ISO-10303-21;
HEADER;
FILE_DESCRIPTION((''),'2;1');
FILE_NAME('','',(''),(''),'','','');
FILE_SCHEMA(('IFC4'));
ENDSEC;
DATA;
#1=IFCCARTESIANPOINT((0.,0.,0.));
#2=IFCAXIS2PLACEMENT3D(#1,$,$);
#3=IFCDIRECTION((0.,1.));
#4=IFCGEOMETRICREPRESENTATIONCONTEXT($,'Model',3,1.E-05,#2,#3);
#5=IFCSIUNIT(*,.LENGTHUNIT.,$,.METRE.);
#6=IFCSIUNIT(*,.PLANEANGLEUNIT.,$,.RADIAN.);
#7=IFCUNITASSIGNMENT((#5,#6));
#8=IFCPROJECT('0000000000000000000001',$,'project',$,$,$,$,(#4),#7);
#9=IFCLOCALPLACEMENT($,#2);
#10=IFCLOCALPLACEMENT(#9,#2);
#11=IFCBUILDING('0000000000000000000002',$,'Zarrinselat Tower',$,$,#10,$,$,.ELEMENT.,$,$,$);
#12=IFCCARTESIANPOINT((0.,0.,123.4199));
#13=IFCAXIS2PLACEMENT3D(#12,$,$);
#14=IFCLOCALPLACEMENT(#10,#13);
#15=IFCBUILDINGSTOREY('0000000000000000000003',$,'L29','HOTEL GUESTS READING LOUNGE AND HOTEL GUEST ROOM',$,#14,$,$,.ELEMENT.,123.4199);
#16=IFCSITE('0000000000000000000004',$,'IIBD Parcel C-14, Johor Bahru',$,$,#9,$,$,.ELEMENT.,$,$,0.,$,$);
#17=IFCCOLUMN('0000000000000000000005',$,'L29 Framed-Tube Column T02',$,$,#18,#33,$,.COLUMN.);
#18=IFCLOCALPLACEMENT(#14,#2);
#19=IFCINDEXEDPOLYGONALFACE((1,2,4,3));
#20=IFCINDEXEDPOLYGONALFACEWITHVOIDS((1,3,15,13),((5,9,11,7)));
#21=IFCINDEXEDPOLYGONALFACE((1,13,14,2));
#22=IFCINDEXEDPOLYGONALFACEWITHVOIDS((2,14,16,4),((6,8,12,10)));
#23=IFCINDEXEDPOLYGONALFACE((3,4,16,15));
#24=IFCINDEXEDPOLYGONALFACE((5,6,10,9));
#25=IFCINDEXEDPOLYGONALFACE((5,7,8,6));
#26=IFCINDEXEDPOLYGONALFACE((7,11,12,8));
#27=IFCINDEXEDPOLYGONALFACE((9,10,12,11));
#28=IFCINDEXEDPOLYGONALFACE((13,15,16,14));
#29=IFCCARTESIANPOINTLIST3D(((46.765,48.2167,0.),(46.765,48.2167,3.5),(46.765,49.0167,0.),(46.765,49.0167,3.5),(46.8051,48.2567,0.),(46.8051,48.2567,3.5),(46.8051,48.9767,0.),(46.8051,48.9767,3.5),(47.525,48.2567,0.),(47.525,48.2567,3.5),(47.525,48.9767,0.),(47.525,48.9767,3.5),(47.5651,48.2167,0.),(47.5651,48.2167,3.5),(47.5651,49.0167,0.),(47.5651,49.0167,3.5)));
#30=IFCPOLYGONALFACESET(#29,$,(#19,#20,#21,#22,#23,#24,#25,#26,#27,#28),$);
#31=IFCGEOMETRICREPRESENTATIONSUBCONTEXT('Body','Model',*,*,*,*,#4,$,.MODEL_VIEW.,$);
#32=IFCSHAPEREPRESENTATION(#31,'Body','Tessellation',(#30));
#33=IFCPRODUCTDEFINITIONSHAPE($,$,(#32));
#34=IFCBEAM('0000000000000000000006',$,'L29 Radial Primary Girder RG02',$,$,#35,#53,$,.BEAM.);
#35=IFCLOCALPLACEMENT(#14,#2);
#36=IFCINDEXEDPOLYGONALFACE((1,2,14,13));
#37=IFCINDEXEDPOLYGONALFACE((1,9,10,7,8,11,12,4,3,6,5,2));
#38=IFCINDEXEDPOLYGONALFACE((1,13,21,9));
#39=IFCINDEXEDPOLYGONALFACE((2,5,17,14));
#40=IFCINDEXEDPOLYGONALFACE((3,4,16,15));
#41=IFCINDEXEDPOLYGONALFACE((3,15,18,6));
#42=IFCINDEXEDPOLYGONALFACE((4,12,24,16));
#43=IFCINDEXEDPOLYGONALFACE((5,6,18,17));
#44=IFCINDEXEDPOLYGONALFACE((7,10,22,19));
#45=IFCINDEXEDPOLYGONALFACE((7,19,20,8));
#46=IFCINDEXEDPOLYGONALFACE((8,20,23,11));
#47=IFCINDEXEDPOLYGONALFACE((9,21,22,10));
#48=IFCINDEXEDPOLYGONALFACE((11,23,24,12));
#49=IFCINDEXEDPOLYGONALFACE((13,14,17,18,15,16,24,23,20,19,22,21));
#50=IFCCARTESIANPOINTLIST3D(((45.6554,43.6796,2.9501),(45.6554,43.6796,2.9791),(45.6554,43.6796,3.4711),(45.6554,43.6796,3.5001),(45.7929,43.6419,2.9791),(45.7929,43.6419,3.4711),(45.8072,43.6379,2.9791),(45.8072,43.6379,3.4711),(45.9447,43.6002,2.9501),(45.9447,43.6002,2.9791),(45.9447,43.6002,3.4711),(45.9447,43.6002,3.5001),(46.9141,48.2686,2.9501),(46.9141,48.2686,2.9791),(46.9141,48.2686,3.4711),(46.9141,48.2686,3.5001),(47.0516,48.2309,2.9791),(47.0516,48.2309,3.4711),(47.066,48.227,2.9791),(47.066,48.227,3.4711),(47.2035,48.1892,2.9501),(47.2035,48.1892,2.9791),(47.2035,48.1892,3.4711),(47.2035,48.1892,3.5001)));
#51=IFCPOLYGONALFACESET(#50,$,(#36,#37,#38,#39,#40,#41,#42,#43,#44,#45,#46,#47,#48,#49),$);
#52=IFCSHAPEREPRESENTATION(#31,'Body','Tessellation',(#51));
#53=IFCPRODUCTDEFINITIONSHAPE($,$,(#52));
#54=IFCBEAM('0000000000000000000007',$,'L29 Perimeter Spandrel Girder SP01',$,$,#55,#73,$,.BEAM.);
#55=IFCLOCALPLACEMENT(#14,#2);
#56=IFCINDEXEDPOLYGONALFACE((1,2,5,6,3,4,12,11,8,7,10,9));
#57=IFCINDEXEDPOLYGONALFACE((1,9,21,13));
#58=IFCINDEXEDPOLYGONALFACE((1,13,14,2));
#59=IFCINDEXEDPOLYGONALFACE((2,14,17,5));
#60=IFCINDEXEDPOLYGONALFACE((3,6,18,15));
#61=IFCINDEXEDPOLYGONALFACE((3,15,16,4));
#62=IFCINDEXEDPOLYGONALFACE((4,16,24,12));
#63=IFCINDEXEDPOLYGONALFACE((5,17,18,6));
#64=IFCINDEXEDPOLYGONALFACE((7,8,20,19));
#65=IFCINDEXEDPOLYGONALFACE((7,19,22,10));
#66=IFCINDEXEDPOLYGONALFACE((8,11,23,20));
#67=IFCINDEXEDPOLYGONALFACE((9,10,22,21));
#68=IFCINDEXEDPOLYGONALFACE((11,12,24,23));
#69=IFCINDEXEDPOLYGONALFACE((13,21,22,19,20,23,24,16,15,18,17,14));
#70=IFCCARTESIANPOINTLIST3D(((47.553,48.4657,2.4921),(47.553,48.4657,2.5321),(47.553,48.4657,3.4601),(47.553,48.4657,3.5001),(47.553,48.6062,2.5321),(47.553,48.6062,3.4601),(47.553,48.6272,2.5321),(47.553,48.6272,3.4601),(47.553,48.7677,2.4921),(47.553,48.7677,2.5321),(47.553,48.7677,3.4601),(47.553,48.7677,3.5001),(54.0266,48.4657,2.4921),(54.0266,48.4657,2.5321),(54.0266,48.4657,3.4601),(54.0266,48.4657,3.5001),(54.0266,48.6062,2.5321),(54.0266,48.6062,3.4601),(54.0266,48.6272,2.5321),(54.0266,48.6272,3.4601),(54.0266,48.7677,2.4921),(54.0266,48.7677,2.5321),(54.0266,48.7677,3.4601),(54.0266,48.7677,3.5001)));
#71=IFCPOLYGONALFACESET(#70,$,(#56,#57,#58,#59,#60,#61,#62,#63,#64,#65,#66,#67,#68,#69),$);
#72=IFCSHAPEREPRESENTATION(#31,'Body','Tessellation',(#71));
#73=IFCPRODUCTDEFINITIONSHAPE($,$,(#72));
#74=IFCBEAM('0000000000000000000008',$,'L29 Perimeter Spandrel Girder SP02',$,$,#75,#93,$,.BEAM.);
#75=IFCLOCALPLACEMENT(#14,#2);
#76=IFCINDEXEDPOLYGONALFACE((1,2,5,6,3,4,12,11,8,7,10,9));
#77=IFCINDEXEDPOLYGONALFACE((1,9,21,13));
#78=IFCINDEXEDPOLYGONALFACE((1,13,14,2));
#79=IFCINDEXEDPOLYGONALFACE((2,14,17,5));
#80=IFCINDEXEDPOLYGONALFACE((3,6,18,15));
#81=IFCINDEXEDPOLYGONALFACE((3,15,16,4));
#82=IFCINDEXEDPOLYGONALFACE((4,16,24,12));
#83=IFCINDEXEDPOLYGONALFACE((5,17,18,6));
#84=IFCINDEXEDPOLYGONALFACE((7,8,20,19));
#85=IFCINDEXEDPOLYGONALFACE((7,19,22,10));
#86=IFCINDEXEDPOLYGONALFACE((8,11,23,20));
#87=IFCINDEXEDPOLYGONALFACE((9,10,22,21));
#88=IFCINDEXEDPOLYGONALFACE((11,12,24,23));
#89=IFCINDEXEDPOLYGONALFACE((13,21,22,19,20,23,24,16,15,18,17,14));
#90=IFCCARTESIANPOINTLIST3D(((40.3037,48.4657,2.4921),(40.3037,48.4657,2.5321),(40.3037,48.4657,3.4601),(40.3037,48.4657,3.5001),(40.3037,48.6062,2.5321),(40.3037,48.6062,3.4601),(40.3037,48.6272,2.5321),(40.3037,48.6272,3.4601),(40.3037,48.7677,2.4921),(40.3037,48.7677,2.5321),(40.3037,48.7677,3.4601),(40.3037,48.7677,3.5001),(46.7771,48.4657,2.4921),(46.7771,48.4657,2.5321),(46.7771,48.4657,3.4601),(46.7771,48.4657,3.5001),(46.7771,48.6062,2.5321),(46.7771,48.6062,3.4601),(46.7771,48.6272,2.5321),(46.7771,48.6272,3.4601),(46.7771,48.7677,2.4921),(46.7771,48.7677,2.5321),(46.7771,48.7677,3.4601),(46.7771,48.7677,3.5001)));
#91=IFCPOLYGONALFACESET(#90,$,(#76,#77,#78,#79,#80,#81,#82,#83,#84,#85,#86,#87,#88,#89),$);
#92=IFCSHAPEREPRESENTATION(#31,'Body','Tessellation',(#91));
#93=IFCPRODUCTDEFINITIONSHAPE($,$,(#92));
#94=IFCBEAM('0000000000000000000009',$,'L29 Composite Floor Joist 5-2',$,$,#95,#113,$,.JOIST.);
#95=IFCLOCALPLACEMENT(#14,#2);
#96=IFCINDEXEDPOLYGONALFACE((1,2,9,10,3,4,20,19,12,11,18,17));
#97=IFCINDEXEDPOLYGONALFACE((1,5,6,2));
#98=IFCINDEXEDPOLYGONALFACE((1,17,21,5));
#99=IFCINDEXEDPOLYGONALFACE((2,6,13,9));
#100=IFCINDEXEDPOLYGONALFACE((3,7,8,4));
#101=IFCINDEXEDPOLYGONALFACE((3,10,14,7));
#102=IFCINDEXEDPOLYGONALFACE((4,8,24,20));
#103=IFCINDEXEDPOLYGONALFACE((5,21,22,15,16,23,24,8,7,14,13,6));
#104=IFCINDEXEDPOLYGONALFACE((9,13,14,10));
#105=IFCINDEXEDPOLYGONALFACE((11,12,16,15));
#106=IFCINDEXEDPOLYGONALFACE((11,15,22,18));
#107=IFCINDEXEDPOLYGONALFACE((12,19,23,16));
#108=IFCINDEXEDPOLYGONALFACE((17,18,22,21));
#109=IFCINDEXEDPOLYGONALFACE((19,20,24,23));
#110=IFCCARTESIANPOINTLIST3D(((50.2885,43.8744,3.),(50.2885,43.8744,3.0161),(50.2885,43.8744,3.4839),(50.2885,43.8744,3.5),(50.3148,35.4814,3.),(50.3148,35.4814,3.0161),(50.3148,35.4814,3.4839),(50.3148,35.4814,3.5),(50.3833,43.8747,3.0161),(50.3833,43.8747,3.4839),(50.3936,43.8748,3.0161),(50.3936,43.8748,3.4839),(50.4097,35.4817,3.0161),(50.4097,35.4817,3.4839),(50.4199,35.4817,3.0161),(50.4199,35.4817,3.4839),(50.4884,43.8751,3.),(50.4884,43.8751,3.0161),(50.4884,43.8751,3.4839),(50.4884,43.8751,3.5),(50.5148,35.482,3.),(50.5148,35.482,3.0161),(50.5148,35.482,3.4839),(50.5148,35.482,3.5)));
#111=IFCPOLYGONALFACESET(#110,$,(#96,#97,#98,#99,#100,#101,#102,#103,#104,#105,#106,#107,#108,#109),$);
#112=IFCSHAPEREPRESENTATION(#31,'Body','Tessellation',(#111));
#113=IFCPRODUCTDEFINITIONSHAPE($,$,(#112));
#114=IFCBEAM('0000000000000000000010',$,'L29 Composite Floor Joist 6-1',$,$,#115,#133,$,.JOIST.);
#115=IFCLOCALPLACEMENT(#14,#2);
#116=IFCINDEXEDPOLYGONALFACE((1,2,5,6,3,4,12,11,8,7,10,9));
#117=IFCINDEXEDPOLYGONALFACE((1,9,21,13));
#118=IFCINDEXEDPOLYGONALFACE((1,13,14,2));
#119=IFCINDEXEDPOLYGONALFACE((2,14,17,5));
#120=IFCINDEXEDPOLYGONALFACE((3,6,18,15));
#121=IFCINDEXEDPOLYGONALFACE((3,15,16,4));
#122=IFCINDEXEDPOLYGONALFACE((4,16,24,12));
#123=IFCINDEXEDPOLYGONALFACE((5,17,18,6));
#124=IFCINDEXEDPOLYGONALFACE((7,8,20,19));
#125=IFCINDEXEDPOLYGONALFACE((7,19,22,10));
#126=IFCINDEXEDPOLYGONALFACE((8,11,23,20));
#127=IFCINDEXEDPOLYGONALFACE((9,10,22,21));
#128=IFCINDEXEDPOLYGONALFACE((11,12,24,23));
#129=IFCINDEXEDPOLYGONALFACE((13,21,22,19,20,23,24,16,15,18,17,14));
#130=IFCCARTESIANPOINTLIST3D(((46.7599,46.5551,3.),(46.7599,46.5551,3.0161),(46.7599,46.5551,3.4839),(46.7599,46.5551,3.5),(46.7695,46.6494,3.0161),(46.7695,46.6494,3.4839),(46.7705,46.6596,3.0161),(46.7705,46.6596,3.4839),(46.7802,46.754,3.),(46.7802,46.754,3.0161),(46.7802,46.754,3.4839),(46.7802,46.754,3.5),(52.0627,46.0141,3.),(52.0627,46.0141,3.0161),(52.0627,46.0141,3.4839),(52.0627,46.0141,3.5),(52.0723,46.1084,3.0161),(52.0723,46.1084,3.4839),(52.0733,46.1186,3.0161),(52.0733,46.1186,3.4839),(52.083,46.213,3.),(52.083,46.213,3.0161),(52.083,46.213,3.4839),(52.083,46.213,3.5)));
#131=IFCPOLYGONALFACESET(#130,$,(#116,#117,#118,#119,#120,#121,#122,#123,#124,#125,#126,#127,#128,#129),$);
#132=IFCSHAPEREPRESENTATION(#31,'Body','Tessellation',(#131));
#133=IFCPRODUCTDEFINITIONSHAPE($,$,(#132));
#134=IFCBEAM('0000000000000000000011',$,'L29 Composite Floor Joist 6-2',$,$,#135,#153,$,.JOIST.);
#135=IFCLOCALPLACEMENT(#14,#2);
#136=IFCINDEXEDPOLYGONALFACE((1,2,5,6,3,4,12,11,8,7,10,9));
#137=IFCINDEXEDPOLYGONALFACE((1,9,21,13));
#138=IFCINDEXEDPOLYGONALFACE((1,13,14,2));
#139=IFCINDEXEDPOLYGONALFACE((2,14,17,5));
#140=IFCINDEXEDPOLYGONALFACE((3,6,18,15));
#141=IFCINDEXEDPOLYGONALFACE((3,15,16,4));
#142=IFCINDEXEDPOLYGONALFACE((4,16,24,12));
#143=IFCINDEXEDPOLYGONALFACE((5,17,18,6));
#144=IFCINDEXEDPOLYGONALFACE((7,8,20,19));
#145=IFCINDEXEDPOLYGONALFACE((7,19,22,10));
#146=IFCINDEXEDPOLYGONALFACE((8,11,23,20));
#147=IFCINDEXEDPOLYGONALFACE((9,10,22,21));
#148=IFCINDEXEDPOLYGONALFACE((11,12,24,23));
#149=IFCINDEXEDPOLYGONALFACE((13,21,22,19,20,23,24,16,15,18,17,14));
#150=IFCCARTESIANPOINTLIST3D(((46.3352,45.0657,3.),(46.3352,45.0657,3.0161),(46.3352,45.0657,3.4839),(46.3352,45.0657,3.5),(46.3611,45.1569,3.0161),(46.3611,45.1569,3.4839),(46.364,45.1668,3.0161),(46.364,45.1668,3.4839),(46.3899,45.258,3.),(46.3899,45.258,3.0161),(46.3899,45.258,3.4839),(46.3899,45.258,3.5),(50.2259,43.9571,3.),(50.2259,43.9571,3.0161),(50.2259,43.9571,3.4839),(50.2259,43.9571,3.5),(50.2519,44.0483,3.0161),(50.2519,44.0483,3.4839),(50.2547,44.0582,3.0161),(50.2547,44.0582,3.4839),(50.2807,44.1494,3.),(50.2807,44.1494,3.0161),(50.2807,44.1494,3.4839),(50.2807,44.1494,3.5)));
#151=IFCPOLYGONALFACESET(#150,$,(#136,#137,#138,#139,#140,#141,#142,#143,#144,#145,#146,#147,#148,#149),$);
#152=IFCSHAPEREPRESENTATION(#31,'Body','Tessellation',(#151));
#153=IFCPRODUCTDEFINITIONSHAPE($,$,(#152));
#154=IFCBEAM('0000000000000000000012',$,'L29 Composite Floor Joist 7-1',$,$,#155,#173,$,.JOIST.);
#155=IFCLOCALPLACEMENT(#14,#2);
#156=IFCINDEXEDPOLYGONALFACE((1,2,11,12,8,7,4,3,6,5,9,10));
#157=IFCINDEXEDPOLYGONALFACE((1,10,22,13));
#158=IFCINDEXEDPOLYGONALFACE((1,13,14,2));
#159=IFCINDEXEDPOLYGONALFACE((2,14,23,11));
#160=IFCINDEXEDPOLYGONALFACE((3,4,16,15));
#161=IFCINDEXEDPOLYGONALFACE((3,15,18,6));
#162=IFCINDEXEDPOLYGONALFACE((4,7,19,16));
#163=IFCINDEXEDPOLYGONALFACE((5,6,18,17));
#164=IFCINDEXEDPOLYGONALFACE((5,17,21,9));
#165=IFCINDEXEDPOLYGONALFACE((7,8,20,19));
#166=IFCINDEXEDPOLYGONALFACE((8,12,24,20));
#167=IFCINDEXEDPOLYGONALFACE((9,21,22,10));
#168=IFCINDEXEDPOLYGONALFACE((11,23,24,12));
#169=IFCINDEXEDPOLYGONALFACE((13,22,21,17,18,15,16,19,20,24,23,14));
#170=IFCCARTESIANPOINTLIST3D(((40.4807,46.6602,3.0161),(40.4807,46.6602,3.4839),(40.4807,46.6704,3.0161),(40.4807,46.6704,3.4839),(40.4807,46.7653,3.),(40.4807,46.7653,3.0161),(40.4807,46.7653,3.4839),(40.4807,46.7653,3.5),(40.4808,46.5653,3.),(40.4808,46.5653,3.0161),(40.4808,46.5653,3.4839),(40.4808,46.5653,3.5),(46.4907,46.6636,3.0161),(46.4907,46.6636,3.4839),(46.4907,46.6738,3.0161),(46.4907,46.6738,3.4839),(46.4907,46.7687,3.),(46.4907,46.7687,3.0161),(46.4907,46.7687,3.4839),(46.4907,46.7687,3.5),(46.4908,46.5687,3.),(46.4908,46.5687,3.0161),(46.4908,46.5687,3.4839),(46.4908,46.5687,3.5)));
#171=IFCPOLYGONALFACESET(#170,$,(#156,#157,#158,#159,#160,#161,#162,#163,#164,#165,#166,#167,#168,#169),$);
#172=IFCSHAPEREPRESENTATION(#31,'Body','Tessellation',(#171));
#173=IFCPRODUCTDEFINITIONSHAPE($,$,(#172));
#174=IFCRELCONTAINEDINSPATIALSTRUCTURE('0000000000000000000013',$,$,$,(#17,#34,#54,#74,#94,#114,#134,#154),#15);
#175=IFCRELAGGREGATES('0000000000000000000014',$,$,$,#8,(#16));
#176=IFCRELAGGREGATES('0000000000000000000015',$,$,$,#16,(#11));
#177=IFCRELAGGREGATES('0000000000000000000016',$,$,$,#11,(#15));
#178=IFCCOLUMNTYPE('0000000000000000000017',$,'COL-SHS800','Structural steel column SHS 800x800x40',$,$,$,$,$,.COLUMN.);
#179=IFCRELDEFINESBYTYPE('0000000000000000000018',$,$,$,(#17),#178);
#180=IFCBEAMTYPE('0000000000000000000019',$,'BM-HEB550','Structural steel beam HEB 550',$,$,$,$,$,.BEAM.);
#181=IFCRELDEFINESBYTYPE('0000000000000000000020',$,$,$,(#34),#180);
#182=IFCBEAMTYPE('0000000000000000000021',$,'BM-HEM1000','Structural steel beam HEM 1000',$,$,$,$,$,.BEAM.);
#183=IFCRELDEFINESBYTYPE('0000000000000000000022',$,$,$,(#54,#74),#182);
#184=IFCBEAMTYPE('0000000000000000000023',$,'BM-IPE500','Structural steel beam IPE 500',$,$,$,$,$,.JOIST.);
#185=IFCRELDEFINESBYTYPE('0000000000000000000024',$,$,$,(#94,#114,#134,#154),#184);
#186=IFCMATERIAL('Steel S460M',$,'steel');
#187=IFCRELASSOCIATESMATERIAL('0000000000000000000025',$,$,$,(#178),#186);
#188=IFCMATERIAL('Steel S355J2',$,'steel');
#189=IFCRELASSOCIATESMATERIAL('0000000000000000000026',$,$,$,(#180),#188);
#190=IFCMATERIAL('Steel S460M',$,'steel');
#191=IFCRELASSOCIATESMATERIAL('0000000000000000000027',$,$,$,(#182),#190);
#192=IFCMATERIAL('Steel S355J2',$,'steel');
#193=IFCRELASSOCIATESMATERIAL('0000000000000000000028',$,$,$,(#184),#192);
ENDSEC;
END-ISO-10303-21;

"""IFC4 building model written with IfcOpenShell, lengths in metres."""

from ifc_helpers import new_model, si_unit, direction, frame, origin, origin_2d, place, context, subcontext, project, spatial, hollow_rectangle, i_section, extrude, material, material_profile, profile_set, type_object, element, save


model = new_model("IFC4")

# Units and contexts
model_context = context("Model", 3, precision=1e-05, world=origin(), true_north=direction((0.0, 1.0)))
body_context = subcontext(model_context, "Body", "Model", "MODEL_VIEW")
ifc_project = project(units=[si_unit("LENGTHUNIT", "METRE"), si_unit("PLANEANGLEUNIT", "RADIAN")], contexts=[model_context])

# Site, building, storey
site_placement = place(None, origin())
site = spatial("IfcSite", under=ifc_project, at=site_placement, Name="IIBD Parcel C-14, Johor Bahru", CompositionType="ELEMENT", RefElevation=0.0)
building_placement = place(site_placement, origin())
building = spatial("IfcBuilding", under=site, at=building_placement, Name="Zarrinselat Tower", CompositionType="ELEMENT")
storey_placement = place(building_placement, frame((0.0, 0.0, 123.4199)))
storey = spatial("IfcBuildingStorey", under=building, at=storey_placement, Name="L29", Description="HOTEL GUESTS READING LOUNGE AND HOTEL GUEST ROOM", CompositionType="ELEMENT", Elevation=123.4199)

# Column
ifc_material_1 = material(Name="Steel S460M", Category="steel")
ifc_material_profile_1 = material_profile(ifc_material_1, hollow_rectangle(XDim=0.8, YDim=0.8, WallThickness=0.04, at=origin_2d()), Name="SHS 800x800x40")
ifc_profile_set_1 = profile_set([ifc_material_profile_1], Name="Steel S460M")
column_type = type_object("IfcColumnType", Name="COL-SHS800", Description="Structural steel column SHS 800x800x40", PredefinedType="COLUMN", material=ifc_profile_set_1)
column_placement = place(storey_placement, frame((47.165, 48.6167, 0.0), z_axis=(0.0, 0.0, 1.0), x_axis=(1.0, 0.0, 0.0)))
element("IfcColumn", 1, at=column_placement, inside=storey, type_object=column_type, Name="L29 Framed-Tube Column T02", PredefinedType="COLUMN", context=body_context, shape_type="SweptSolid", body=[
    extrude(hollow_rectangle(XDim=0.8, YDim=0.8, WallThickness=0.04, at=origin_2d()), origin(), (0.0, 0.0, 1.0), 3.5),
])

# Beams
ifc_material_2 = material(Name="Steel S355J2", Category="steel")
ifc_material_profile_2 = material_profile(ifc_material_2, i_section(OverallWidth=0.3, OverallDepth=0.55, WebThickness=0.0149, FlangeThickness=0.0291, at=origin_2d()), Name="HEB 550")
ifc_profile_set_2 = profile_set([ifc_material_profile_2], Name="Steel S355J2")
beam_type_1 = type_object("IfcBeamType", Name="BM-HEB550", Description="Structural steel beam HEB 550", PredefinedType="BEAM", material=ifc_profile_set_2)
beam_1_placement = place(storey_placement, frame((45.8, 43.6399, 3.2251), z_axis=(0.264528, 0.964378, 0.0), x_axis=(-0.964378, 0.264528, 0.0)))
element("IfcBeam", 2, at=beam_1_placement, inside=storey, type_object=beam_type_1, Name="L29 Radial Primary Girder RG02", PredefinedType="BEAM", context=body_context, shape_type="SweptSolid", body=[
    extrude(i_section(OverallWidth=0.3, OverallDepth=0.55, WebThickness=0.0149, FlangeThickness=0.0291, at=origin_2d()), origin(), (0.0, 0.0, 1.0), 4.7585),
])
ifc_material_3 = material(Name="Steel S460M", Category="steel")
ifc_material_profile_3 = material_profile(ifc_material_3, i_section(OverallWidth=0.302, OverallDepth=1.0081, WebThickness=0.021, FlangeThickness=0.04, at=origin_2d()), Name="HEM 1000")
ifc_profile_set_3 = profile_set([ifc_material_profile_3], Name="Steel S460M")
beam_type_2 = type_object("IfcBeamType", Name="BM-HEM1000", Description="Structural steel beam HEM 1000", PredefinedType="BEAM", material=ifc_profile_set_3)
beam_2_placement = place(storey_placement, frame((47.553, 48.6167, 2.9961), z_axis=(1.0, 0.0, 0.0), x_axis=(0.0, 1.0, 0.0)))
element("IfcBeam", 3, at=beam_2_placement, inside=storey, type_object=beam_type_2, Name="L29 Perimeter Spandrel Girder SP01", PredefinedType="BEAM", context=body_context, shape_type="SweptSolid", body=[
    extrude(i_section(OverallWidth=0.302, OverallDepth=1.0081, WebThickness=0.021, FlangeThickness=0.04, at=origin_2d()), origin(), (0.0, 0.0, 1.0), 6.4736),
])
beam_3_placement = place(storey_placement, frame((40.3037, 48.6167, 2.9961), z_axis=(1.0, 0.0, 0.0), x_axis=(0.0, 1.0, 0.0)))
element("IfcBeam", 4, at=beam_3_placement, inside=storey, type_object=beam_type_2, Name="L29 Perimeter Spandrel Girder SP02", PredefinedType="BEAM", context=body_context, shape_type="SweptSolid", body=[
    extrude(i_section(OverallWidth=0.302, OverallDepth=1.0081, WebThickness=0.021, FlangeThickness=0.04, at=origin_2d()), origin(), (0.0, 0.0, 1.0), 6.4734),
])
ifc_material_4 = material(Name="Steel S355J2", Category="steel")
ifc_material_profile_4 = material_profile(ifc_material_4, i_section(OverallWidth=0.2, OverallDepth=0.5, WebThickness=0.0103, FlangeThickness=0.0161, at=origin_2d()), Name="IPE 500")
ifc_profile_set_4 = profile_set([ifc_material_profile_4], Name="Steel S355J2")
beam_type_3 = type_object("IfcBeamType", Name="BM-IPE500", Description="Structural steel beam IPE 500", PredefinedType="JOIST", material=ifc_profile_set_4)
beam_4_placement = place(storey_placement, frame((50.3884, 43.8748, 3.25), z_axis=(0.003142, -0.999995, 0.0), x_axis=(0.999995, 0.003142, 0.0)))
element("IfcBeam", 5, at=beam_4_placement, inside=storey, type_object=beam_type_3, Name="L29 Composite Floor Joist 5-2", PredefinedType="JOIST", context=body_context, shape_type="SweptSolid", body=[
    extrude(i_section(OverallWidth=0.2, OverallDepth=0.5, WebThickness=0.0103, FlangeThickness=0.0161, at=origin_2d()), origin(), (0.0, 0.0, 1.0), 8.3931),
])
beam_5_placement = place(storey_placement, frame((46.77, 46.6545, 3.25), z_axis=(0.994836, -0.101499, 0.0), x_axis=(0.101499, 0.994836, 0.0)))
element("IfcBeam", 6, at=beam_5_placement, inside=storey, type_object=beam_type_3, Name="L29 Composite Floor Joist 6-1", PredefinedType="JOIST", context=body_context, shape_type="SweptSolid", body=[
    extrude(i_section(OverallWidth=0.2, OverallDepth=0.5, WebThickness=0.0103, FlangeThickness=0.0161, at=origin_2d()), origin(), (0.0, 0.0, 1.0), 5.3303),
])
beam_6_placement = place(storey_placement, frame((46.3625, 45.1619, 3.25), z_axis=(0.961722, -0.274028, 0.0), x_axis=(0.274028, 0.961722, 0.0)))
element("IfcBeam", 7, at=beam_6_placement, inside=storey, type_object=beam_type_3, Name="L29 Composite Floor Joist 6-2", PredefinedType="JOIST", context=body_context, shape_type="SweptSolid", body=[
    extrude(i_section(OverallWidth=0.2, OverallDepth=0.5, WebThickness=0.0103, FlangeThickness=0.0161, at=origin_2d()), origin(), (0.0, 0.0, 1.0), 4.0457),
])
beam_7_placement = place(storey_placement, frame((40.4807, 46.6653, 3.25), z_axis=(1.0, 0.000569, 0.0), x_axis=(-0.000569, 1.0, 0.0)))
element("IfcBeam", 8, at=beam_7_placement, inside=storey, type_object=beam_type_3, Name="L29 Composite Floor Joist 7-1", PredefinedType="JOIST", context=body_context, shape_type="SweptSolid", body=[
    extrude(i_section(OverallWidth=0.2, OverallDepth=0.5, WebThickness=0.0103, FlangeThickness=0.0161, at=origin_2d()), origin(), (0.0, 0.0, 1.0), 6.01),
])

save(model, "model.ifc")
